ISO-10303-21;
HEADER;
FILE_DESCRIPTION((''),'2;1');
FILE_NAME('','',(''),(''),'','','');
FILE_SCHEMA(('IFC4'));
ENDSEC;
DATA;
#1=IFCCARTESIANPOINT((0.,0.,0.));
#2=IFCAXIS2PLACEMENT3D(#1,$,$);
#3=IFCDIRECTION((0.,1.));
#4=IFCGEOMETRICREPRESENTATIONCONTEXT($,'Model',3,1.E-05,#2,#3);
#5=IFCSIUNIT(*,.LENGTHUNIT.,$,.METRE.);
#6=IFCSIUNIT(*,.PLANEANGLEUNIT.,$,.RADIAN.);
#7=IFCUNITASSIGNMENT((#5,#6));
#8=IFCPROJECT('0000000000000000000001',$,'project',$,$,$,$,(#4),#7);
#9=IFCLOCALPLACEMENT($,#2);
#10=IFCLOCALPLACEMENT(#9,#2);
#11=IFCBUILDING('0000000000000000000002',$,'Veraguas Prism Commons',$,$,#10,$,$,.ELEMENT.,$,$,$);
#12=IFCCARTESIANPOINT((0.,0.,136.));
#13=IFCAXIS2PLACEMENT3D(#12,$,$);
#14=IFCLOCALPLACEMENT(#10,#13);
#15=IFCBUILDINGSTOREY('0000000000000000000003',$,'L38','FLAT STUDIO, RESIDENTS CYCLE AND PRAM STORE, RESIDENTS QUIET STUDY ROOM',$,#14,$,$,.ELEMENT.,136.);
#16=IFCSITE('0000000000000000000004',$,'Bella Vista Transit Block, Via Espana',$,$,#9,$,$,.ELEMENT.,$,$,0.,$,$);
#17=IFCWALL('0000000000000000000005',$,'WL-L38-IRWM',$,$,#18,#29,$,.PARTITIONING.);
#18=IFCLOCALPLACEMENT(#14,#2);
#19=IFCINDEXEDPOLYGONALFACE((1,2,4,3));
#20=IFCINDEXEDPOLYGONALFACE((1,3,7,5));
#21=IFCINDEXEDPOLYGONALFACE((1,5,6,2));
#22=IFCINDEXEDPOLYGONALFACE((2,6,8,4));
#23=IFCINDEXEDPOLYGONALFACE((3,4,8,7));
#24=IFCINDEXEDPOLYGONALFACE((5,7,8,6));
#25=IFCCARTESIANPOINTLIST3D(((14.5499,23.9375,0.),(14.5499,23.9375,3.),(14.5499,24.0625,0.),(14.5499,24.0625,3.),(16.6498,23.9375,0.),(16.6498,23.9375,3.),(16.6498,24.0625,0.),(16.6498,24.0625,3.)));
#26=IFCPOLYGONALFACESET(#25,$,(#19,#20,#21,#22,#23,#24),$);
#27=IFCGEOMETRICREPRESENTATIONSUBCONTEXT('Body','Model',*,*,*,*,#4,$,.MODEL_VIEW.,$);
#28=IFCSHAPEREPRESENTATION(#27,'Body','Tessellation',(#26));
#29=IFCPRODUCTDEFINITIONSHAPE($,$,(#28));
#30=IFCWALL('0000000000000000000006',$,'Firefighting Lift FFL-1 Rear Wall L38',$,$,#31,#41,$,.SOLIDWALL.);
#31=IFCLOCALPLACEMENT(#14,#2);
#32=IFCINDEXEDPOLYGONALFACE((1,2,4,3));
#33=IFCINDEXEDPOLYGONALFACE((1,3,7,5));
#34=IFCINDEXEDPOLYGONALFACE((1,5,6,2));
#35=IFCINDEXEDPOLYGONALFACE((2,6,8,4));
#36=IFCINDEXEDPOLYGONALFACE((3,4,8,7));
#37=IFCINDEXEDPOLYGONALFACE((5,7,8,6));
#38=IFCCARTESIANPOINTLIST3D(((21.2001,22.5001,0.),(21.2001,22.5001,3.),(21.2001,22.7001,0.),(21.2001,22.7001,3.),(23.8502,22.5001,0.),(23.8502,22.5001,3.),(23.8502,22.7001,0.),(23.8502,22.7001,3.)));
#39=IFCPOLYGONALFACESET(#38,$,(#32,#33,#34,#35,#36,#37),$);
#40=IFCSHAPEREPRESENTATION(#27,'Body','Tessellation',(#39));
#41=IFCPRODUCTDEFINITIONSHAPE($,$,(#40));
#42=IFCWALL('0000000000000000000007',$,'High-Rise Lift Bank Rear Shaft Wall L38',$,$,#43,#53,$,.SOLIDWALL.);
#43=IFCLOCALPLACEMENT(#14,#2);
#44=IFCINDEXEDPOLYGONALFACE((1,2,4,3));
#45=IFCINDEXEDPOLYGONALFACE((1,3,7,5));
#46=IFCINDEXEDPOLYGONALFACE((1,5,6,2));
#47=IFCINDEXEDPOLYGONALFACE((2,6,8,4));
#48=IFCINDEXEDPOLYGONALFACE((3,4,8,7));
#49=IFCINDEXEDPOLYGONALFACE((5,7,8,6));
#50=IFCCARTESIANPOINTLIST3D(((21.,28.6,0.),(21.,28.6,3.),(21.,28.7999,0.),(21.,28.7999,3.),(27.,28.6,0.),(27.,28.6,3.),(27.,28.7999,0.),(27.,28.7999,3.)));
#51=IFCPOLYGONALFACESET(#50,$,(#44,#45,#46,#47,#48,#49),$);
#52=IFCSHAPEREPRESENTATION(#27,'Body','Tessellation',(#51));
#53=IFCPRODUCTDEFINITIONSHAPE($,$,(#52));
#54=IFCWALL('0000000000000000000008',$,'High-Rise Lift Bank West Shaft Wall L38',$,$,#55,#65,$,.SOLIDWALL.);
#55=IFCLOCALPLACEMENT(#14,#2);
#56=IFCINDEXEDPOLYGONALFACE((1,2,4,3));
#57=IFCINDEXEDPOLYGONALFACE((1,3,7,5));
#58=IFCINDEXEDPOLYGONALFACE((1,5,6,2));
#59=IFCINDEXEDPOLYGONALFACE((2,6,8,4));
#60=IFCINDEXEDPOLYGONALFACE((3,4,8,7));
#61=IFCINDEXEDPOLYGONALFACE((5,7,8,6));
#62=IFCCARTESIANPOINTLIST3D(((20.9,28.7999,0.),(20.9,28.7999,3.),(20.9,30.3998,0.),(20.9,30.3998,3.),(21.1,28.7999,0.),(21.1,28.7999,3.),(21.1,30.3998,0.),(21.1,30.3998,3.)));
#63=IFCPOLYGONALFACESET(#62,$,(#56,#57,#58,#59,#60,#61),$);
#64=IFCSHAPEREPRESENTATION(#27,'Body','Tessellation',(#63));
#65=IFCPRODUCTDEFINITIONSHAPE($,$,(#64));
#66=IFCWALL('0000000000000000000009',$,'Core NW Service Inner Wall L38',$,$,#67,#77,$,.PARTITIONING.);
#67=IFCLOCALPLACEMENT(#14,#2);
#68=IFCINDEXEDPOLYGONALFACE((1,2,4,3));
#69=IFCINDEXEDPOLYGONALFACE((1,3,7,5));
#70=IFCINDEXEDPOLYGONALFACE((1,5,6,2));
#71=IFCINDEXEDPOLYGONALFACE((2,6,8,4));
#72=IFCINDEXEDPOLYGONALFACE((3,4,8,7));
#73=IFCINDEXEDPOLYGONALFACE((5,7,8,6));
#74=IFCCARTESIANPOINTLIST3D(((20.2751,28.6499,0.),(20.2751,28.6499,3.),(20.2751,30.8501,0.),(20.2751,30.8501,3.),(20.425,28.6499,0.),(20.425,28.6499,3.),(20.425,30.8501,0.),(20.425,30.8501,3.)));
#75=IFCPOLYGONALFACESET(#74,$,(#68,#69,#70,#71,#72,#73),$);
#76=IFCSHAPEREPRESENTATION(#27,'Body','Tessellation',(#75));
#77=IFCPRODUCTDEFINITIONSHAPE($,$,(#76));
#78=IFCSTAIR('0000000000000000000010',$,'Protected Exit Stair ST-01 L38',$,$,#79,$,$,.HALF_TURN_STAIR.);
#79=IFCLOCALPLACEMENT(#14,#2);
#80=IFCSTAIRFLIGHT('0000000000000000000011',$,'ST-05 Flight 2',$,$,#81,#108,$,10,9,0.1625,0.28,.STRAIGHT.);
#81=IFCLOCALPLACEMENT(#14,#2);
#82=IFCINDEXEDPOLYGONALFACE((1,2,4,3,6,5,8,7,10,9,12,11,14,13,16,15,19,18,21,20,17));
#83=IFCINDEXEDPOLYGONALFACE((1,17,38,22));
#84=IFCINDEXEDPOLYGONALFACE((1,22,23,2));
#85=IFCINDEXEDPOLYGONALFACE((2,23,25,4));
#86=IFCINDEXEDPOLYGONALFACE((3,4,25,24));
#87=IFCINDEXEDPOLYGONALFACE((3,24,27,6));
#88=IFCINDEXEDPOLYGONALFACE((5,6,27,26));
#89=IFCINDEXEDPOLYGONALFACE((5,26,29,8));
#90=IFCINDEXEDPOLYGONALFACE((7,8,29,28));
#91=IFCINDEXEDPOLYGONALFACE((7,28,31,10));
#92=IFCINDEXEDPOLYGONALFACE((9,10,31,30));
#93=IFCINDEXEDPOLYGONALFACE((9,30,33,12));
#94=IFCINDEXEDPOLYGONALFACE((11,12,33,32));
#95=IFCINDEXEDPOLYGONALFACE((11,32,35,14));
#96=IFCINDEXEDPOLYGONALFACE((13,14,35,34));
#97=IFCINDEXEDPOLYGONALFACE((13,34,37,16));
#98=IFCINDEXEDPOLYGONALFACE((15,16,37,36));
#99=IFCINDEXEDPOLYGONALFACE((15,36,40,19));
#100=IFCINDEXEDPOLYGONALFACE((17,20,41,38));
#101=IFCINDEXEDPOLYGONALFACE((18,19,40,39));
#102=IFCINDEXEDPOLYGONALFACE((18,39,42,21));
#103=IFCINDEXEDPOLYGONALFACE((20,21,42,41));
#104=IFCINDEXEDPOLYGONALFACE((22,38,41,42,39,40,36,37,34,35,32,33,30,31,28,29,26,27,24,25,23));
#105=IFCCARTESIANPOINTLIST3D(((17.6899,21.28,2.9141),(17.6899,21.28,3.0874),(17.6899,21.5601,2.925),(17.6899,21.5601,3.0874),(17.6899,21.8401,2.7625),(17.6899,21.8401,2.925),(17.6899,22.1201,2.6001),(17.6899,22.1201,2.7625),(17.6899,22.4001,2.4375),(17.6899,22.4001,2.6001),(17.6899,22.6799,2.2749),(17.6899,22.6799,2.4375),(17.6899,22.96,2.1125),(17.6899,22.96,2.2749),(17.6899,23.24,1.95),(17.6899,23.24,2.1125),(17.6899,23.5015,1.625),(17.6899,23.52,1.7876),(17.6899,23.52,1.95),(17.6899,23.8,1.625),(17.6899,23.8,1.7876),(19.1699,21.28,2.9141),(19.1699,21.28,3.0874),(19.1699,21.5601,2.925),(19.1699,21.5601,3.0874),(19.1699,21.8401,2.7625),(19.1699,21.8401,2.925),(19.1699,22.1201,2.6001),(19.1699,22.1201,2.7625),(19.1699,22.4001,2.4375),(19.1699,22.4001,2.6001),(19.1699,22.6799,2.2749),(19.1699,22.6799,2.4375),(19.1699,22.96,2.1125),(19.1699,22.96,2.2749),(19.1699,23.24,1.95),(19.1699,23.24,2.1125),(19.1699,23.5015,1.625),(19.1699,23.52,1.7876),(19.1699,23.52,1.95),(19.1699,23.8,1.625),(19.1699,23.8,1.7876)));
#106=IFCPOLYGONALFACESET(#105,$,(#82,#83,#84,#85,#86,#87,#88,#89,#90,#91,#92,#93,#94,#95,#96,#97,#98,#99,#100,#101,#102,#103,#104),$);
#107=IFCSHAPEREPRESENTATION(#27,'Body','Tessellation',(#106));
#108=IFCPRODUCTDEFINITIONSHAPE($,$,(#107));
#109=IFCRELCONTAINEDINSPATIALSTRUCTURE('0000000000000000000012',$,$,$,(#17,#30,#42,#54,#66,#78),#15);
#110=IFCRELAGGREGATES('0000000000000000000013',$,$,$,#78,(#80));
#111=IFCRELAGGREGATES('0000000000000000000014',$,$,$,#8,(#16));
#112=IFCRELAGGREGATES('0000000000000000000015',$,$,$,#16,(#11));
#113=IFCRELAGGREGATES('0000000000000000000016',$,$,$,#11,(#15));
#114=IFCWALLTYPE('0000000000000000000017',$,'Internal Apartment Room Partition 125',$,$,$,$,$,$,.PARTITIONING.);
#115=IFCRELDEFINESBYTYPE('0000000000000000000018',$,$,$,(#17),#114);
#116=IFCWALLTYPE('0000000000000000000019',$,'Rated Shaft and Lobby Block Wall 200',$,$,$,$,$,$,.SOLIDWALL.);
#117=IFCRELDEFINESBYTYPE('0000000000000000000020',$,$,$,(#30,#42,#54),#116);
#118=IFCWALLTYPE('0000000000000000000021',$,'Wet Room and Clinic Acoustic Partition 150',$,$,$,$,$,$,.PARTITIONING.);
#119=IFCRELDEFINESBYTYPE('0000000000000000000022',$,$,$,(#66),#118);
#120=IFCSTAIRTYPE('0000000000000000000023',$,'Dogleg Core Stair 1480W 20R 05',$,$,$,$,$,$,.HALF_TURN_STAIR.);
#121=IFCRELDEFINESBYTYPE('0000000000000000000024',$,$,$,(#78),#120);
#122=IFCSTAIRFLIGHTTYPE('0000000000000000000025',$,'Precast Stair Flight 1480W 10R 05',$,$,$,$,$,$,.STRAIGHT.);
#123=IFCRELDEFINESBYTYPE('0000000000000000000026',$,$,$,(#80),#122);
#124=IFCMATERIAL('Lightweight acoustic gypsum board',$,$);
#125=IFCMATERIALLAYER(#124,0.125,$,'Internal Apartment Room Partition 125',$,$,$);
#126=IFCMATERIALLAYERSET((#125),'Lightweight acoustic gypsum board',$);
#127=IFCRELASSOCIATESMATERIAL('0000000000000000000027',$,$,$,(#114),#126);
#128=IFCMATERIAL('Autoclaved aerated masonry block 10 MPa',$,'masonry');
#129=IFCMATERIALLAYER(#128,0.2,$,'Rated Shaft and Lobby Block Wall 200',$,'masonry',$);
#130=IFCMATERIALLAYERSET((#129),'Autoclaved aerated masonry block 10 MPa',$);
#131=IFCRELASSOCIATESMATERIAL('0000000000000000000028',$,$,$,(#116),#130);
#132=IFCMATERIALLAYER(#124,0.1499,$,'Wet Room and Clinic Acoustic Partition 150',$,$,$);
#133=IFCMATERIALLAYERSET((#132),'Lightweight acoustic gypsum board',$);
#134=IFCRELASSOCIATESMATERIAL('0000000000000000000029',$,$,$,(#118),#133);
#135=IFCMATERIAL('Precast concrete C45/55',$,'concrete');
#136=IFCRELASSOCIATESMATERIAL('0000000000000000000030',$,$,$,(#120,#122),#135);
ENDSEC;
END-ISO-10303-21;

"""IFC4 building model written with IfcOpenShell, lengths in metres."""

from ifc_helpers import new_model, si_unit, direction, frame, frame_2d, origin, place, context, subcontext, project, spatial, polyline, rectangle, outline, extrude, material, layer, layer_set, type_object, element, aggregate, save


model = new_model("IFC4")

# Units and contexts
model_context = context("Model", 3, precision=1e-05, world=origin(), true_north=direction((0.0, 1.0)))
body_context = subcontext(model_context, "Body", "Model", "MODEL_VIEW")
ifc_project = project(units=[si_unit("LENGTHUNIT", "METRE"), si_unit("PLANEANGLEUNIT", "RADIAN")], contexts=[model_context])

# Site, building, storey
site_placement = place(None, origin())
site = spatial("IfcSite", under=ifc_project, at=site_placement, Name="Bella Vista Transit Block, Via Espana", CompositionType="ELEMENT", RefElevation=0.0)
building_placement = place(site_placement, origin())
building = spatial("IfcBuilding", under=site, at=building_placement, Name="Veraguas Prism Commons", CompositionType="ELEMENT")
storey_placement = place(building_placement, frame((0.0, 0.0, 136.0)))
storey = spatial("IfcBuildingStorey", under=building, at=storey_placement, Name="L38", Description="FLAT STUDIO, RESIDENTS CYCLE AND PRAM STORE, RESIDENTS QUIET STUDY ROOM", CompositionType="ELEMENT", Elevation=136.0)

# Shared definitions
ifc_material_1 = material(Name="Autoclaved aerated masonry block 10 MPa", Category="masonry")

# Walls
ifc_material_2 = material(Name="Lightweight acoustic gypsum board")
ifc_layer_1 = layer(ifc_material_2, 0.125, Name="Internal Apartment Room Partition 125")
ifc_layer_set_1 = layer_set([ifc_layer_1], Name="Lightweight acoustic gypsum board")
wall_type_1 = type_object("IfcWallType", Name="Internal Apartment Room Partition 125", PredefinedType="PARTITIONING", material=ifc_layer_set_1)
wall_1_placement = place(storey_placement, frame((14.55, 24.0, 0.0), z_axis=(0.0, 0.0, 1.0), x_axis=(1.0, 0.0, 0.0)))
element("IfcWall", 1, at=wall_1_placement, inside=storey, type_object=wall_type_1, Name="WL-L38-IRWM", PredefinedType="PARTITIONING", context=body_context, shape_type="SweptSolid", body=[
    extrude(rectangle(XDim=2.0999, YDim=0.125, at=frame_2d((1.0498, 0.0))), origin(), (0.0, 0.0, 1.0), 3.0),
])
ifc_layer_2 = layer(ifc_material_1, 0.2, Name="Rated Shaft and Lobby Block Wall 200", Category="masonry")
ifc_layer_set_2 = layer_set([ifc_layer_2], Name="Autoclaved aerated masonry block 10 MPa")
wall_type_2 = type_object("IfcWallType", Name="Rated Shaft and Lobby Block Wall 200", PredefinedType="SOLIDWALL", material=ifc_layer_set_2)
wall_2_placement = place(storey_placement, frame((21.2, 22.6001, 0.0), z_axis=(0.0, 0.0, 1.0), x_axis=(1.0, 0.0, 0.0)))
element("IfcWall", 2, at=wall_2_placement, inside=storey, type_object=wall_type_2, Name="Firefighting Lift FFL-1 Rear Wall L38", PredefinedType="SOLIDWALL", context=body_context, shape_type="SweptSolid", body=[
    extrude(rectangle(XDim=2.6501, YDim=0.2, at=frame_2d((1.3252, 0.0))), origin(), (0.0, 0.0, 1.0), 3.0),
])
wall_3_placement = place(storey_placement, frame((21.0, 28.7, 0.0), z_axis=(0.0, 0.0, 1.0), x_axis=(1.0, 0.0, 0.0)))
element("IfcWall", 3, at=wall_3_placement, inside=storey, type_object=wall_type_2, Name="High-Rise Lift Bank Rear Shaft Wall L38", PredefinedType="SOLIDWALL", context=body_context, shape_type="SweptSolid", body=[
    extrude(rectangle(XDim=6.0, YDim=0.2, at=frame_2d((3.0, 0.0))), origin(), (0.0, 0.0, 1.0), 3.0),
])
wall_4_placement = place(storey_placement, frame((21.0, 28.8, 0.0), z_axis=(0.0, 0.0, 1.0), x_axis=(0.0, 1.0, 0.0)))
element("IfcWall", 4, at=wall_4_placement, inside=storey, type_object=wall_type_2, Name="High-Rise Lift Bank West Shaft Wall L38", PredefinedType="SOLIDWALL", context=body_context, shape_type="SweptSolid", body=[
    extrude(rectangle(XDim=1.5999, YDim=0.2, at=frame_2d((0.7998, 0.0))), origin(), (0.0, 0.0, 1.0), 3.0),
])
ifc_layer_3 = layer(ifc_material_2, 0.1499, Name="Wet Room and Clinic Acoustic Partition 150")
ifc_layer_set_3 = layer_set([ifc_layer_3], Name="Lightweight acoustic gypsum board")
wall_type_3 = type_object("IfcWallType", Name="Wet Room and Clinic Acoustic Partition 150", PredefinedType="PARTITIONING", material=ifc_layer_set_3)
wall_5_placement = place(storey_placement, frame((20.3501, 28.6499, 0.0), z_axis=(0.0, 0.0, 1.0), x_axis=(0.0, 1.0, 0.0)))
element("IfcWall", 5, at=wall_5_placement, inside=storey, type_object=wall_type_3, Name="Core NW Service Inner Wall L38", PredefinedType="PARTITIONING", context=body_context, shape_type="SweptSolid", body=[
    extrude(rectangle(XDim=2.2002, YDim=0.1499, at=frame_2d((1.1001, 0.0))), origin(), (0.0, 0.0, 1.0), 3.0),
])

# Stair, stair flight
ifc_material_3 = material(Name="Precast concrete C45/55", Category="concrete")
stair_type = type_object("IfcStairType", Name="Dogleg Core Stair 1480W 20R 05", PredefinedType="HALF_TURN_STAIR", material=ifc_material_3)
stair_placement = place(storey_placement, origin())
stair = element("IfcStair", 6, at=stair_placement, inside=storey, type_object=stair_type, Name="Protected Exit Stair ST-01 L38", PredefinedType="HALF_TURN_STAIR")
stair_flight_type = type_object("IfcStairFlightType", Name="Precast Stair Flight 1480W 10R 05", PredefinedType="STRAIGHT", material=ifc_material_3)
stair_flight_placement = place(storey_placement, frame((18.4299, 23.8, 1.625), z_axis=(0.0, 0.0, 1.0), x_axis=(0.0, -1.0, 0.0)))
stair_flight = element("IfcStairFlight", 7, at=stair_flight_placement, type_object=stair_flight_type, Name="ST-05 Flight 2", NumberOfRisers=10, NumberOfTreads=9, PredefinedType="STRAIGHT", RiserHeight=0.1625, TreadLength=0.28, context=body_context, shape_type="SweptSolid", body=[
    extrude(outline(polyline([(0.0, 0.0), (0.0, 0.1626), (0.28, 0.1626), (0.28, 0.325), (0.5601, 0.325), (0.5601, 0.4875), (0.8401, 0.4875), (0.8401, 0.6499), (1.1201, 0.6499), (1.1201, 0.8125), (1.3999, 0.8125), (1.3999, 0.9751), (1.6799, 0.9751), (1.6799, 1.1375), (1.96, 1.1375), (1.96, 1.3), (2.24, 1.3), (2.24, 1.4624), (2.52, 1.4624), (2.52, 1.625), (2.52, 1.2891), (0.2986, 0.0), (0.0, 0.0)])), frame((0.0, 0.74, 0.0), z_axis=(0.0, -1.0, 0.0), x_axis=(1.0, 0.0, 0.0)), (0.0, 0.0, 1.0), 1.48),
])
aggregate(stair, [stair_flight])

save(model, "model.ifc")
